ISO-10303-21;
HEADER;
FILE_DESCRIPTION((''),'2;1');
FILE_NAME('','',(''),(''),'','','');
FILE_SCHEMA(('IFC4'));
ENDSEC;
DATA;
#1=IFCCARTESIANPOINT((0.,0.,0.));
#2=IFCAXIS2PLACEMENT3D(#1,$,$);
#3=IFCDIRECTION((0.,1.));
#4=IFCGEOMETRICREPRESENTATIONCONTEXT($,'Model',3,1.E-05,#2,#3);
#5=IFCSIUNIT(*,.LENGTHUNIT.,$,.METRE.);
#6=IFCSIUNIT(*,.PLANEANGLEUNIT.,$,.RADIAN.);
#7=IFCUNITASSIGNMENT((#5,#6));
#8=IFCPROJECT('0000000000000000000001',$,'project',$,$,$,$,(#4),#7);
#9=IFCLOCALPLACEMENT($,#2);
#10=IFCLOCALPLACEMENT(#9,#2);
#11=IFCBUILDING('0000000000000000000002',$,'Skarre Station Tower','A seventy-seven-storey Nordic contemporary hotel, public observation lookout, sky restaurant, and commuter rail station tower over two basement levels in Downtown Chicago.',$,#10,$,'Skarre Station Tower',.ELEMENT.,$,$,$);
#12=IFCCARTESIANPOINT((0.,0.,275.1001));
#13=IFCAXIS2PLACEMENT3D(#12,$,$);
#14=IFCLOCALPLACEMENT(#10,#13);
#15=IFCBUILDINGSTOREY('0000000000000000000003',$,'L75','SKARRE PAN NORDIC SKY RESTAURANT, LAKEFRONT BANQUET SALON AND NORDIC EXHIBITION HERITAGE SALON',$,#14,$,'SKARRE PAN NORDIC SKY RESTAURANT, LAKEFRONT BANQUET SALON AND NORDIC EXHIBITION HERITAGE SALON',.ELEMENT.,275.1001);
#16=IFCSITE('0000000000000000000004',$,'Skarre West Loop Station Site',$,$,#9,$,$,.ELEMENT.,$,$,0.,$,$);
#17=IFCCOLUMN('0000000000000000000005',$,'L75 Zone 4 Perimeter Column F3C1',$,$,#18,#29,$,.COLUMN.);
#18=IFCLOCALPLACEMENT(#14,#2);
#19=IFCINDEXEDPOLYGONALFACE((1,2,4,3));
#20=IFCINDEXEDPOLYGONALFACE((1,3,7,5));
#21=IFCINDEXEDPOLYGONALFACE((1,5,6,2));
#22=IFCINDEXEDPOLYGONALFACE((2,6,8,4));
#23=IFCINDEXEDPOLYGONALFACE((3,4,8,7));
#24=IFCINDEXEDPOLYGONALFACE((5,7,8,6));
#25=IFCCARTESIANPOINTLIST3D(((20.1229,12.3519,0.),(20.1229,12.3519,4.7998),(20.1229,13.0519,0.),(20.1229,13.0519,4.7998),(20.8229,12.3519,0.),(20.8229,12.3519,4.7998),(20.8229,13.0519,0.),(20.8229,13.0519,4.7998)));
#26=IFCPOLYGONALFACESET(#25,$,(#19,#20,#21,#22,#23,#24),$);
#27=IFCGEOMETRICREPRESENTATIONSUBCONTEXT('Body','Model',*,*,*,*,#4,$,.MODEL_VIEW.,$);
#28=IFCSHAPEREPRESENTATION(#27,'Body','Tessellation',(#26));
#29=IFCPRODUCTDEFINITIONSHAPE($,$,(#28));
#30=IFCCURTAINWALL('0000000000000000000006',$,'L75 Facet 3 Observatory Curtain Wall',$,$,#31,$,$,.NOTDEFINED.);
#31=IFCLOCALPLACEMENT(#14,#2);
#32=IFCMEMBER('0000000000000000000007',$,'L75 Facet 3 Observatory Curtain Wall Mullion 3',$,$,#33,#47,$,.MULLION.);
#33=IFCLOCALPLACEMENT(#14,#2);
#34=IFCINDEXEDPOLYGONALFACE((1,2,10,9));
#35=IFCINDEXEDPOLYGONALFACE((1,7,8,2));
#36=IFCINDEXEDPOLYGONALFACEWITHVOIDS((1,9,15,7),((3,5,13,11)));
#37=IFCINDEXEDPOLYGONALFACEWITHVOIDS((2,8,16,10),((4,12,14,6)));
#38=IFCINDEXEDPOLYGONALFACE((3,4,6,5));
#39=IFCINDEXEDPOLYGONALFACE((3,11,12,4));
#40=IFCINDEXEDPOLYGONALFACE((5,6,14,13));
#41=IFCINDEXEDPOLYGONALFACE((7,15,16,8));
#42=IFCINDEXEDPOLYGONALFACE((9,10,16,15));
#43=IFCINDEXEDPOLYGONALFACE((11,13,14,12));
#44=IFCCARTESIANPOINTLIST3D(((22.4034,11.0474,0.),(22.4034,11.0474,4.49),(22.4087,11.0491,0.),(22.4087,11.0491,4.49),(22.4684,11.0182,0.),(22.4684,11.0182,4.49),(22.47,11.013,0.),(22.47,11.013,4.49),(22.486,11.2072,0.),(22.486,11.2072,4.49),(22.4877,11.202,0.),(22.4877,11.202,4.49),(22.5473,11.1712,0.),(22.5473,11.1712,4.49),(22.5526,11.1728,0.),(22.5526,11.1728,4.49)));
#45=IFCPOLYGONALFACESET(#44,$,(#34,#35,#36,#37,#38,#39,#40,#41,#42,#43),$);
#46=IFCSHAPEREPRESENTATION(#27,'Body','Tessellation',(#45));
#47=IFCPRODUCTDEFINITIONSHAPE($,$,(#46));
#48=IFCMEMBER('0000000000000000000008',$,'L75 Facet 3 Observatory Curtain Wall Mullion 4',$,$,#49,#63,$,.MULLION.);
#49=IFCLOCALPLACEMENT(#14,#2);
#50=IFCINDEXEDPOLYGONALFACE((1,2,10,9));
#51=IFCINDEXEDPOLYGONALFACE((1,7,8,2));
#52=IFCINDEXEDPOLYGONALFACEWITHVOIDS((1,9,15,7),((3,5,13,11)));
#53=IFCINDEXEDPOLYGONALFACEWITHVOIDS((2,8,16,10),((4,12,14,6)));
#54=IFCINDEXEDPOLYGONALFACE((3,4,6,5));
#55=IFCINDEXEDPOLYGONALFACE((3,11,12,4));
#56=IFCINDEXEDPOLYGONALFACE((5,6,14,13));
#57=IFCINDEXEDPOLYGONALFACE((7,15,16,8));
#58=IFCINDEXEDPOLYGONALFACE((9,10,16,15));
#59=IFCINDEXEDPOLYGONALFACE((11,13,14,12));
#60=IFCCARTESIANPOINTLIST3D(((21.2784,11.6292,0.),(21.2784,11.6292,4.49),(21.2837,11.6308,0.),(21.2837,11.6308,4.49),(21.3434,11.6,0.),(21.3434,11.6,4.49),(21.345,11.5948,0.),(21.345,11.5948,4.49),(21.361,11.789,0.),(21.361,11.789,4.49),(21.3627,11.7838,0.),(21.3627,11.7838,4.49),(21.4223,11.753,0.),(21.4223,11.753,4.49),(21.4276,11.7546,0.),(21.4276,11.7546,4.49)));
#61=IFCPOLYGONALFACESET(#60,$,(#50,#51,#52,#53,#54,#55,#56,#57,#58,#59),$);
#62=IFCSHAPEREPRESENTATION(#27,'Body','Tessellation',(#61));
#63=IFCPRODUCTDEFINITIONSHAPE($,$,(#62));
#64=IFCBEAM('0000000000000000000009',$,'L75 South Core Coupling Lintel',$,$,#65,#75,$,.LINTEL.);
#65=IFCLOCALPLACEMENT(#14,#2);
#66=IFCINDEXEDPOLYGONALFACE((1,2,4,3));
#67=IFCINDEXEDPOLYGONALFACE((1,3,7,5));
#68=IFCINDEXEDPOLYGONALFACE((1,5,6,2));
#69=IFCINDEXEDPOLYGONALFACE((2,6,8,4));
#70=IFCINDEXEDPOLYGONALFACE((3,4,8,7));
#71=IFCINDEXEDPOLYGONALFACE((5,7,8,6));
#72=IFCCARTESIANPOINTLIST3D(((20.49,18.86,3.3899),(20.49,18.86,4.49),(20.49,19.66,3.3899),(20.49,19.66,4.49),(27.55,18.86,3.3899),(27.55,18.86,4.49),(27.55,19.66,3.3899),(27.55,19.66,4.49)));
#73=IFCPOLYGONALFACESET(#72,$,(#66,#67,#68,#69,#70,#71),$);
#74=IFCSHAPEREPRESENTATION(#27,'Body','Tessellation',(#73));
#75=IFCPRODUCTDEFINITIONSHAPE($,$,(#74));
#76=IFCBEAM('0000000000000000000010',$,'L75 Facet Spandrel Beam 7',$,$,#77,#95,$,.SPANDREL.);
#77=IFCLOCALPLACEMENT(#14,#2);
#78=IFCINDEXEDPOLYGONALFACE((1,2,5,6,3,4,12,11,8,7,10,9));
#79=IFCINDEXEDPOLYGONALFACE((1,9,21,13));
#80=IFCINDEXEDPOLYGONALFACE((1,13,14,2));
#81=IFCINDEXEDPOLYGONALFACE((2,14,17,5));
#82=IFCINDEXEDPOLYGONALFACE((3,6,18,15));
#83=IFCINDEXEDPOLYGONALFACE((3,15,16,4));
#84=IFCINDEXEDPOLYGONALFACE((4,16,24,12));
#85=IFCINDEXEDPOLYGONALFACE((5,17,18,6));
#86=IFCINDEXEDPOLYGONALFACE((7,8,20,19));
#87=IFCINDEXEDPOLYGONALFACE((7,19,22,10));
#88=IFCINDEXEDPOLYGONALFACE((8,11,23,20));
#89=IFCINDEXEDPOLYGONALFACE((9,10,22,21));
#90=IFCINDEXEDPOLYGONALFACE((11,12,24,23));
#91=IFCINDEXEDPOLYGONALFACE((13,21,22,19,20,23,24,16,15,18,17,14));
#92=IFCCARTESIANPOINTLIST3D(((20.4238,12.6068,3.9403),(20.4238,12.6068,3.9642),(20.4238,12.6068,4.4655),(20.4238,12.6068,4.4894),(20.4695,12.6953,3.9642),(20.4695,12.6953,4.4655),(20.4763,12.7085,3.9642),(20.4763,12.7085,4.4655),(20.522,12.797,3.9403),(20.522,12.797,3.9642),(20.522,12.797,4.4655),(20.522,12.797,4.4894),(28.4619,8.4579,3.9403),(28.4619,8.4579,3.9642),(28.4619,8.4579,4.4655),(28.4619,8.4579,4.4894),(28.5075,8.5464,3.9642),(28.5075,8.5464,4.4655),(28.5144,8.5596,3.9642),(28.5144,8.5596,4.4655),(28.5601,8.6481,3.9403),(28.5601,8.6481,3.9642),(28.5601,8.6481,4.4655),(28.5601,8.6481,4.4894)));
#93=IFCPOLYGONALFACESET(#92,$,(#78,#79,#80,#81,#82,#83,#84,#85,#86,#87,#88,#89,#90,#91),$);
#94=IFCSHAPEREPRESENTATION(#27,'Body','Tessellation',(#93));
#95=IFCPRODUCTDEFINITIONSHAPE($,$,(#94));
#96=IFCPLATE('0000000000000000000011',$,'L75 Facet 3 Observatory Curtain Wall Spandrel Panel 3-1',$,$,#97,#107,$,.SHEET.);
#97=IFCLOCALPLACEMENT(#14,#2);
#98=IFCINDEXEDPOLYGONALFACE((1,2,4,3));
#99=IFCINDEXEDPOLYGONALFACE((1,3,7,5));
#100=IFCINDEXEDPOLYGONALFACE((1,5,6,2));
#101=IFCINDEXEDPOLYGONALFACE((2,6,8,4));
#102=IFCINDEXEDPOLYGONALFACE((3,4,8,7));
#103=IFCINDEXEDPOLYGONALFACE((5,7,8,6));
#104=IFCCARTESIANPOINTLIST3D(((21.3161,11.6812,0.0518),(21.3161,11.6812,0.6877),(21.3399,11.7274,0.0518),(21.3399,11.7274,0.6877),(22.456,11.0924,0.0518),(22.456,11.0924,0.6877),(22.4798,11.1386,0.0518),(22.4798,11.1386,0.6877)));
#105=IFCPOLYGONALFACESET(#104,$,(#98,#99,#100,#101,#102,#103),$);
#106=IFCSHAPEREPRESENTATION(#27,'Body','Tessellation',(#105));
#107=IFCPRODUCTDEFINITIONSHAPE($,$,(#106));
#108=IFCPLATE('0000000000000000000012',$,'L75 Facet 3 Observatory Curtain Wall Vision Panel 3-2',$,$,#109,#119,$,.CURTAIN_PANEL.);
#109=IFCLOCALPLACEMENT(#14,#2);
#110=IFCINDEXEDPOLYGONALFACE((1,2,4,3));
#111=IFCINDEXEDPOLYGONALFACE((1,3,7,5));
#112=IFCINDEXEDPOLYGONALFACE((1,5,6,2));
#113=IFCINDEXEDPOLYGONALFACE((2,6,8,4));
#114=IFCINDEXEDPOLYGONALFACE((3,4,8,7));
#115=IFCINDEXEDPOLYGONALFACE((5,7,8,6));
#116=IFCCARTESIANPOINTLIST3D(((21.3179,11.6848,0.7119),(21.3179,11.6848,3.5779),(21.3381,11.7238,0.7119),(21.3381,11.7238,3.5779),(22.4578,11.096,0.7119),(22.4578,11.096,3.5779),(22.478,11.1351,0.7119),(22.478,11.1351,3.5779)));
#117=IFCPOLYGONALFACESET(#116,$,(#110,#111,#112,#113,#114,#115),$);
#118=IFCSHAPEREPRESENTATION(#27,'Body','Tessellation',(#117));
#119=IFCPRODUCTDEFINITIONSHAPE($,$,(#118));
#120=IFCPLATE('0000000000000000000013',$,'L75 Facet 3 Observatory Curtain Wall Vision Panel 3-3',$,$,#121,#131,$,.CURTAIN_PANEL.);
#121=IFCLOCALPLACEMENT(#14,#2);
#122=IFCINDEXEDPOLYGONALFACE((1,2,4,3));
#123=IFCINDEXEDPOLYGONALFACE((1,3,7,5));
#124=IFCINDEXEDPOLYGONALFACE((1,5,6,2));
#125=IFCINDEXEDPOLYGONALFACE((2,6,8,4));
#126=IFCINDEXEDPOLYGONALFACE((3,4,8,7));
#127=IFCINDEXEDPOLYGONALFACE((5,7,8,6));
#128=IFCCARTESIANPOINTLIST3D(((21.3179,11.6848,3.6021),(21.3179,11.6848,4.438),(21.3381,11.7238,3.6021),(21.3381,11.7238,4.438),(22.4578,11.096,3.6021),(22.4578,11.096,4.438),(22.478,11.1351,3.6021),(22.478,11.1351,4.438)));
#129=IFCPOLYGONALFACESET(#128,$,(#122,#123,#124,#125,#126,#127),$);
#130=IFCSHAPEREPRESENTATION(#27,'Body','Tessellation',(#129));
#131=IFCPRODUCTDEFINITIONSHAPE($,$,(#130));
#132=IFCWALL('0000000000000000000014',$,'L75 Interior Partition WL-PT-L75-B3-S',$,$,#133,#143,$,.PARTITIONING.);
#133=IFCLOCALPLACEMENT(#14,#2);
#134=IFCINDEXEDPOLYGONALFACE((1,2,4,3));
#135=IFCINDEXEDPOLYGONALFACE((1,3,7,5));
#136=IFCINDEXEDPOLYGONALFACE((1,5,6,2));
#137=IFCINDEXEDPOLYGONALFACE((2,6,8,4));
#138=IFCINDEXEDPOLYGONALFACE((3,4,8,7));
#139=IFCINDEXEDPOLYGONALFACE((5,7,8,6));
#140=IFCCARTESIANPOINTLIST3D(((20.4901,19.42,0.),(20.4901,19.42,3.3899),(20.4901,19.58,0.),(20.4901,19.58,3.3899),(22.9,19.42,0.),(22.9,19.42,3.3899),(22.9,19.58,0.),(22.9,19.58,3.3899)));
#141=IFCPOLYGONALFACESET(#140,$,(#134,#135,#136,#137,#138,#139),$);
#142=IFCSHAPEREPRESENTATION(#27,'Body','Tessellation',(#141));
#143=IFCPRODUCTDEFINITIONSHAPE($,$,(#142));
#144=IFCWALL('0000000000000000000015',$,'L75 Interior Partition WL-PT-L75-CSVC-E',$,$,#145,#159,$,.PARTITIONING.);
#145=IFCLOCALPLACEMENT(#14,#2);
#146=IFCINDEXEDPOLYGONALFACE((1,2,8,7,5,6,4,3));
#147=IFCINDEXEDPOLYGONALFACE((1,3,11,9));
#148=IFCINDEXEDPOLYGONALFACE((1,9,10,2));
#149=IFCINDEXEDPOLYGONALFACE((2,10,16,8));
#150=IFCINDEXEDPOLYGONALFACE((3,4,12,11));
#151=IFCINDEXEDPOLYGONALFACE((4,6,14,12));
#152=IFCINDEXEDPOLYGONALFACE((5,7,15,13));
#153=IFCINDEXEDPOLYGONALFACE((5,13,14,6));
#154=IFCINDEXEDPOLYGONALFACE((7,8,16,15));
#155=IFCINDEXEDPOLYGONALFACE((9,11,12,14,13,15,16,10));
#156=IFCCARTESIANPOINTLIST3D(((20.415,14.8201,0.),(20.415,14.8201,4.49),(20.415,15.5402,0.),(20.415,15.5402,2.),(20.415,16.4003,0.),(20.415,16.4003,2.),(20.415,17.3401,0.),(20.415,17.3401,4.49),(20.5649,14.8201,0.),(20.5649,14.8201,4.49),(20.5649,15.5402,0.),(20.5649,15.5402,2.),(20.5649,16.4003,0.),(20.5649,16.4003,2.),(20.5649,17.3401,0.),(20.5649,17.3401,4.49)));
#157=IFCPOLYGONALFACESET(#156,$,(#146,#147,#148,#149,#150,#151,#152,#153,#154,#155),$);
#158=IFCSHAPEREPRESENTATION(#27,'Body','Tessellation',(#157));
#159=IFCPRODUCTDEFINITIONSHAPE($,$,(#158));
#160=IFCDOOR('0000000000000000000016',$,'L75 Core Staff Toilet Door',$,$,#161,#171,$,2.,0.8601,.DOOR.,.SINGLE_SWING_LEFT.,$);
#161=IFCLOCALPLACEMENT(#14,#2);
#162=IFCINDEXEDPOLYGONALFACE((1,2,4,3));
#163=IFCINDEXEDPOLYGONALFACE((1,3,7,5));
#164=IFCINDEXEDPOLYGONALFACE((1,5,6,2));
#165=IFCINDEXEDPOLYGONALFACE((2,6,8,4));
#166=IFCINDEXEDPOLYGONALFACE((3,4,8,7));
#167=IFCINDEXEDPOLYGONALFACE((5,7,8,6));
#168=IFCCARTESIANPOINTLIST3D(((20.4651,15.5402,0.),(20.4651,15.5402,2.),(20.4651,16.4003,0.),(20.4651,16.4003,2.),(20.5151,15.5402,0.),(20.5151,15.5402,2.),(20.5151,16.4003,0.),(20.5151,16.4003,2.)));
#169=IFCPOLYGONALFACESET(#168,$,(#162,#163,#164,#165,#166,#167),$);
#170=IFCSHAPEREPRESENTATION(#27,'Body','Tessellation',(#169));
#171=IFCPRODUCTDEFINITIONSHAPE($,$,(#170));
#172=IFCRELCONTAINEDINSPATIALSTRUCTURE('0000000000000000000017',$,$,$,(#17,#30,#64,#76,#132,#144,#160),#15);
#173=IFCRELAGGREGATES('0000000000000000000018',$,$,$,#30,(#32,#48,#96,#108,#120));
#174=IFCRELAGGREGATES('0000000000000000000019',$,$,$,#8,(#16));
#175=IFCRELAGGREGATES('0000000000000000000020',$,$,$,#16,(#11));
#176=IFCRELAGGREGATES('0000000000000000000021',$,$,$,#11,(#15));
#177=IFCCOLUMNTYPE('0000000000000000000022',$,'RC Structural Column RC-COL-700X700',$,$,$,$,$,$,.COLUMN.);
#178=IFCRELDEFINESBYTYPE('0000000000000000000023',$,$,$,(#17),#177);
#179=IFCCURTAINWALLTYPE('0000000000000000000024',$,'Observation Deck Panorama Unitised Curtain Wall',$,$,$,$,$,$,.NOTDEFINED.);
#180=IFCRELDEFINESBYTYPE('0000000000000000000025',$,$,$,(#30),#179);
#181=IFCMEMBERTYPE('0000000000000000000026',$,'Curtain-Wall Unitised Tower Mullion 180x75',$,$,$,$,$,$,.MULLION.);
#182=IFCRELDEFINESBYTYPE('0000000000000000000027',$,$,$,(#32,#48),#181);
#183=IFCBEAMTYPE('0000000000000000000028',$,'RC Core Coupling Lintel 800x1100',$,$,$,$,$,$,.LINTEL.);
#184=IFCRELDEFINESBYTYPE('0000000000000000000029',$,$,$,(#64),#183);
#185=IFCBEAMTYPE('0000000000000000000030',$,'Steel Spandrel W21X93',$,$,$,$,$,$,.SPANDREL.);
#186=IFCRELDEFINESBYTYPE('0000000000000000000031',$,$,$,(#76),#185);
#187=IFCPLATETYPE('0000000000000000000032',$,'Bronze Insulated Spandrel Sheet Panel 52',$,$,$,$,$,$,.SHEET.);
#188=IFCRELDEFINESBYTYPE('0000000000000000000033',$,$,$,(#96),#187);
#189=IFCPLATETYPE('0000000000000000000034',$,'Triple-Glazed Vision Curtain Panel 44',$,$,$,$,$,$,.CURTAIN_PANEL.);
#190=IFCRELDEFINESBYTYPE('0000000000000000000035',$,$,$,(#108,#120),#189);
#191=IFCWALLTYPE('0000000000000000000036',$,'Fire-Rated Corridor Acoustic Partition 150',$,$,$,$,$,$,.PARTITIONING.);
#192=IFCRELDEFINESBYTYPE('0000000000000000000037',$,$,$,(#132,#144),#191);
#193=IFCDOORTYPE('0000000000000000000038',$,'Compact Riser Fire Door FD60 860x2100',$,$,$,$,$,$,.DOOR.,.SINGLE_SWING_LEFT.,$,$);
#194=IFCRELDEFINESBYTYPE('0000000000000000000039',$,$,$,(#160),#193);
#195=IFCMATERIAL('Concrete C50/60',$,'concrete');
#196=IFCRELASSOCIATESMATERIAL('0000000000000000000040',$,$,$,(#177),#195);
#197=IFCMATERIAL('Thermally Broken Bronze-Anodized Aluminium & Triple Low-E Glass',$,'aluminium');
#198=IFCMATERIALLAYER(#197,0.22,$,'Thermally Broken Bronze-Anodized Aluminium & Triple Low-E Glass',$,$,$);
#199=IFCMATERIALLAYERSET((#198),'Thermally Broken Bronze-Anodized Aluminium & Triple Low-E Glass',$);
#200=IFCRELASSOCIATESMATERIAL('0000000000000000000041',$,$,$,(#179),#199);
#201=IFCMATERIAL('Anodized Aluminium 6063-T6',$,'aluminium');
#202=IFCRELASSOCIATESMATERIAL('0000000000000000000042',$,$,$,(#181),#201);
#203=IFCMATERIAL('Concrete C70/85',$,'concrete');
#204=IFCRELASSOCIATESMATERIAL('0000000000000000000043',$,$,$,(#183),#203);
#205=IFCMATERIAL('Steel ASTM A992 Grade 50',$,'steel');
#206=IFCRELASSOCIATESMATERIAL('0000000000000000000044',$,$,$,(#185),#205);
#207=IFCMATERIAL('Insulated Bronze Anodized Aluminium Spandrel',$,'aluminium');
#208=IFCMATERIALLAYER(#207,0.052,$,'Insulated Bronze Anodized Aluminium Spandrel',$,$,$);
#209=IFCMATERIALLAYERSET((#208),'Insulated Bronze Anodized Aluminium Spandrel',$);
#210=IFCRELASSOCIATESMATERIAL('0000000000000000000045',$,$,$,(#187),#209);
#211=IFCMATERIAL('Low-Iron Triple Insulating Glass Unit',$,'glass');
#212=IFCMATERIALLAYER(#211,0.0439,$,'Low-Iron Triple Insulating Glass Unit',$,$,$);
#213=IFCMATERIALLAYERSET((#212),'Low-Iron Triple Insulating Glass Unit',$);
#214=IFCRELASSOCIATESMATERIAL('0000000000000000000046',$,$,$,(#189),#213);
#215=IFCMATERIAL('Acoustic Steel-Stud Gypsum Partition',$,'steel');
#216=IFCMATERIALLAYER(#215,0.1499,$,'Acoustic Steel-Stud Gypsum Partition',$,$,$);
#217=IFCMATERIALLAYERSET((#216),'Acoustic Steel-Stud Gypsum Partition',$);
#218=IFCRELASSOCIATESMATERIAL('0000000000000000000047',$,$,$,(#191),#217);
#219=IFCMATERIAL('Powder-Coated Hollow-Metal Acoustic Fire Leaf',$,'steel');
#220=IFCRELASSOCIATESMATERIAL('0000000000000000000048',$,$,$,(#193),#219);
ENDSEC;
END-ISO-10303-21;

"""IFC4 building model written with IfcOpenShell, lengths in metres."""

from ifc_helpers import new_model, si_unit, direction, frame, frame_2d, origin, origin_2d, place, context, subcontext, project, spatial, rectangle, hollow_rectangle, i_section, extrude, material, layer, layer_set, material_profile, profile_set, type_object, element, fill, aggregate, save


model = new_model("IFC4")

# Units and contexts
model_context = context("Model", 3, precision=1e-05, world=origin(), true_north=direction((0.0, 1.0)))
body_context = subcontext(model_context, "Body", "Model", "MODEL_VIEW")
ifc_project = project(units=[si_unit("LENGTHUNIT", "METRE"), si_unit("PLANEANGLEUNIT", "RADIAN")], contexts=[model_context])

# Site, building, storey
site_placement = place(None, origin())
site = spatial("IfcSite", under=ifc_project, at=site_placement, Name="Skarre West Loop Station Site", CompositionType="ELEMENT", RefElevation=0.0)
building_placement = place(site_placement, origin())
building = spatial("IfcBuilding", under=site, at=building_placement, Name="Skarre Station Tower", Description="A seventy-seven-storey Nordic contemporary hotel, public observation lookout, sky restaurant, and commuter rail station tower over two basement levels in Downtown Chicago.", LongName="Skarre Station Tower", CompositionType="ELEMENT")
storey_placement = place(building_placement, frame((0.0, 0.0, 275.1001)))
storey = spatial("IfcBuildingStorey", under=building, at=storey_placement, Name="L75", Description="SKARRE PAN NORDIC SKY RESTAURANT, LAKEFRONT BANQUET SALON AND NORDIC EXHIBITION HERITAGE SALON", LongName="SKARRE PAN NORDIC SKY RESTAURANT, LAKEFRONT BANQUET SALON AND NORDIC EXHIBITION HERITAGE SALON", CompositionType="ELEMENT", Elevation=275.1001)

# Column
ifc_material_1 = material(Name="Concrete C50/60", Category="concrete")
ifc_material_profile_1 = material_profile(ifc_material_1, rectangle(XDim=0.7, YDim=0.7, at=origin_2d()), Name="Concrete C50/60")
ifc_profile_set_1 = profile_set([ifc_material_profile_1], Name="Concrete C50/60")
column_type = type_object("IfcColumnType", Name="RC Structural Column RC-COL-700X700", PredefinedType="COLUMN", material=ifc_profile_set_1)
column_placement = place(storey_placement, frame((20.4729, 12.7019, 0.0), z_axis=(0.0, 0.0, 1.0), x_axis=(1.0, 0.0, 0.0)))
element("IfcColumn", 1, at=column_placement, inside=storey, type_object=column_type, Name="L75 Zone 4 Perimeter Column F3C1", PredefinedType="COLUMN", context=body_context, shape_type="SweptSolid", body=[
    extrude(rectangle(XDim=0.7, YDim=0.7, at=origin_2d()), origin(), (0.0, 0.0, 1.0), 4.7998),
])

# Curtain wall, members
ifc_material_2 = material(Name="Thermally Broken Bronze-Anodized Aluminium & Triple Low-E Glass", Category="aluminium")
ifc_layer_1 = layer(ifc_material_2, 0.22, Name="Thermally Broken Bronze-Anodized Aluminium & Triple Low-E Glass")
ifc_layer_set_1 = layer_set([ifc_layer_1], Name="Thermally Broken Bronze-Anodized Aluminium & Triple Low-E Glass")
curtain_wall_type = type_object("IfcCurtainWallType", Name="Observation Deck Panorama Unitised Curtain Wall", PredefinedType="NOTDEFINED", material=ifc_layer_set_1)
curtain_wall_placement = place(storey_placement, origin())
curtain_wall = element("IfcCurtainWall", 2, at=curtain_wall_placement, inside=storey, type_object=curtain_wall_type, Name="L75 Facet 3 Observatory Curtain Wall", PredefinedType="NOTDEFINED")
ifc_material_3 = material(Name="Anodized Aluminium 6063-T6", Category="aluminium")
ifc_material_profile_2 = material_profile(ifc_material_3, hollow_rectangle(XDim=0.075, YDim=0.1799, WallThickness=0.0039, at=origin_2d()), Name="Anodized Aluminium 6063-T6")
ifc_profile_set_2 = profile_set([ifc_material_profile_2], Name="Anodized Aluminium 6063-T6")
member_type = type_object("IfcMemberType", Name="Curtain-Wall Unitised Tower Mullion 180x75", PredefinedType="MULLION", material=ifc_profile_set_2)
member_1_placement = place(storey_placement, frame((22.478, 11.1101, 0.0), z_axis=(0.0, 0.0, 1.0), x_axis=(-0.888481, 0.458913, 0.0)))
member_1 = element("IfcMember", 3, at=member_1_placement, type_object=member_type, Name="L75 Facet 3 Observatory Curtain Wall Mullion 3", PredefinedType="MULLION", context=body_context, shape_type="SweptSolid", body=[
    extrude(hollow_rectangle(XDim=0.075, YDim=0.1799, WallThickness=0.0039, at=origin_2d()), origin(), (0.0, 0.0, 1.0), 4.49),
])
member_2_placement = place(storey_placement, frame((21.353, 11.6919, 0.0), z_axis=(0.0, 0.0, 1.0), x_axis=(-0.888481, 0.458913, 0.0)))
member_2 = element("IfcMember", 4, at=member_2_placement, type_object=member_type, Name="L75 Facet 3 Observatory Curtain Wall Mullion 4", PredefinedType="MULLION", context=body_context, shape_type="SweptSolid", body=[
    extrude(hollow_rectangle(XDim=0.075, YDim=0.1799, WallThickness=0.0039, at=origin_2d()), origin(), (0.0, 0.0, 1.0), 4.49),
])

# Beams
ifc_material_4 = material(Name="Concrete C70/85", Category="concrete")
ifc_material_profile_3 = material_profile(ifc_material_4, rectangle(XDim=0.8, YDim=1.1001, at=origin_2d()), Name="Concrete C70/85")
ifc_profile_set_3 = profile_set([ifc_material_profile_3], Name="Concrete C70/85")
beam_type_1 = type_object("IfcBeamType", Name="RC Core Coupling Lintel 800x1100", PredefinedType="LINTEL", material=ifc_profile_set_3)
beam_1_placement = place(storey_placement, frame((20.49, 19.26, 3.9399), z_axis=(1.0, 0.0, 0.0), x_axis=(0.0, 1.0, 0.0)))
element("IfcBeam", 5, at=beam_1_placement, inside=storey, type_object=beam_type_1, Name="L75 South Core Coupling Lintel", PredefinedType="LINTEL", context=body_context, shape_type="SweptSolid", body=[
    extrude(rectangle(XDim=0.8, YDim=1.1001, at=origin_2d()), origin(), (0.0, 0.0, 1.0), 7.0601),
])
ifc_material_5 = material(Name="Steel ASTM A992 Grade 50", Category="steel")
ifc_material_profile_4 = material_profile(ifc_material_5, i_section(OverallWidth=0.2141, OverallDepth=0.5491, WebThickness=0.0149, FlangeThickness=0.0239, at=origin_2d()), Name="Steel ASTM A992 Grade 50")
ifc_profile_set_4 = profile_set([ifc_material_profile_4], Name="Steel ASTM A992 Grade 50")
beam_type_2 = type_object("IfcBeamType", Name="Steel Spandrel W21X93", PredefinedType="SPANDREL", material=ifc_profile_set_4)
beam_2_placement = place(storey_placement, frame((20.4729, 12.7019, 4.2148), z_axis=(0.88861, -0.458664, 0.0), x_axis=(0.458664, 0.88861, 0.0)))
element("IfcBeam", 6, at=beam_2_placement, inside=storey, type_object=beam_type_2, Name="L75 Facet Spandrel Beam 7", PredefinedType="SPANDREL", context=body_context, shape_type="SweptSolid", body=[
    extrude(i_section(OverallWidth=0.2141, OverallDepth=0.5491, WebThickness=0.0149, FlangeThickness=0.0239, at=origin_2d()), origin(), (0.0, 0.0, 1.0), 9.0457),
])

# Plates
ifc_material_6 = material(Name="Insulated Bronze Anodized Aluminium Spandrel", Category="aluminium")
ifc_layer_2 = layer(ifc_material_6, 0.052, Name="Insulated Bronze Anodized Aluminium Spandrel")
ifc_layer_set_2 = layer_set([ifc_layer_2], Name="Insulated Bronze Anodized Aluminium Spandrel")
plate_type_1 = type_object("IfcPlateType", Name="Bronze Insulated Spandrel Sheet Panel 52", PredefinedType="SHEET", material=ifc_layer_set_2)
plate_1_placement = place(storey_placement, frame((21.8979, 11.4099, 0.0518), z_axis=(0.0, 0.0, 1.0), x_axis=(-0.888481, 0.458913, 0.0)))
plate_1 = element("IfcPlate", 7, at=plate_1_placement, type_object=plate_type_1, Name="L75 Facet 3 Observatory Curtain Wall Spandrel Panel 3-1", PredefinedType="SHEET", context=body_context, shape_type="SweptSolid", body=[
    extrude(rectangle(XDim=1.283, YDim=0.052, at=origin_2d()), origin(), (0.0, 0.0, 1.0), 0.636),
])
ifc_material_7 = material(Name="Low-Iron Triple Insulating Glass Unit", Category="glass")
ifc_layer_3 = layer(ifc_material_7, 0.0439, Name="Low-Iron Triple Insulating Glass Unit")
ifc_layer_set_3 = layer_set([ifc_layer_3], Name="Low-Iron Triple Insulating Glass Unit")
plate_type_2 = type_object("IfcPlateType", Name="Triple-Glazed Vision Curtain Panel 44", PredefinedType="CURTAIN_PANEL", material=ifc_layer_set_3)
plate_2_placement = place(storey_placement, frame((21.8979, 11.4099, 0.7119), z_axis=(0.0, 0.0, 1.0), x_axis=(-0.888481, 0.458913, 0.0)))
plate_2 = element("IfcPlate", 8, at=plate_2_placement, type_object=plate_type_2, Name="L75 Facet 3 Observatory Curtain Wall Vision Panel 3-2", PredefinedType="CURTAIN_PANEL", context=body_context, shape_type="SweptSolid", body=[
    extrude(rectangle(XDim=1.283, YDim=0.0439, at=origin_2d()), origin(), (0.0, 0.0, 1.0), 2.866),
])
plate_3_placement = place(storey_placement, frame((21.8979, 11.4099, 3.6021), z_axis=(0.0, 0.0, 1.0), x_axis=(-0.888481, 0.458913, 0.0)))
plate_3 = element("IfcPlate", 9, at=plate_3_placement, type_object=plate_type_2, Name="L75 Facet 3 Observatory Curtain Wall Vision Panel 3-3", PredefinedType="CURTAIN_PANEL", context=body_context, shape_type="SweptSolid", body=[
    extrude(rectangle(XDim=1.283, YDim=0.0439, at=origin_2d()), origin(), (0.0, 0.0, 1.0), 0.8359),
])
aggregate(curtain_wall, [member_1, member_2, plate_1, plate_2, plate_3])

# Wall
ifc_material_8 = material(Name="Acoustic Steel-Stud Gypsum Partition", Category="steel")
ifc_layer_4 = layer(ifc_material_8, 0.1499, Name="Acoustic Steel-Stud Gypsum Partition")
ifc_layer_set_4 = layer_set([ifc_layer_4], Name="Acoustic Steel-Stud Gypsum Partition")
wall_type_1 = type_object("IfcWallType", Name="Fire-Rated Corridor Acoustic Partition 150", PredefinedType="PARTITIONING", material=ifc_layer_set_4)
wall_1_placement = place(storey_placement, frame((20.49, 19.5, 0.0), z_axis=(0.0, 0.0, 1.0), x_axis=(1.0, 0.0, 0.0)))
element("IfcWall", 10, at=wall_1_placement, inside=storey, type_object=wall_type_1, Name="L75 Interior Partition WL-PT-L75-B3-S", PredefinedType="PARTITIONING", context=body_context, shape_type="SweptSolid", body=[
    extrude(rectangle(XDim=2.4099, YDim=0.1599, at=frame_2d((1.2051, 0.0))), origin(), (0.0, 0.0, 1.0), 3.3899),
])

# Wall, opening, door
wall_2_placement = place(storey_placement, frame((20.49, 14.8201, 0.0), z_axis=(0.0, 0.0, 1.0), x_axis=(0.0, 1.0, 0.0)))
wall_2 = element("IfcWall", 11, at=wall_2_placement, inside=storey, type_object=wall_type_1, Name="L75 Interior Partition WL-PT-L75-CSVC-E", PredefinedType="PARTITIONING", context=body_context, shape_type="SweptSolid", body=[
    extrude(rectangle(XDim=2.52, YDim=0.1499, at=frame_2d((1.26, 0.0))), origin(), (0.0, 0.0, 1.0), 4.49),
])
opening_1_placement = place(wall_2_placement, frame((0.72, 0.0, 0.0)))
opening_1 = element("IfcOpeningElement", 12, at=opening_1_placement, cuts=wall_2, PredefinedType="OPENING", context=body_context, shape_type="SweptSolid", body=[
    extrude(rectangle(XDim=0.8601, YDim=2.0, at=frame_2d((0.4302, 1.0))), frame((0.0, 0.085, 0.0), z_axis=(0.0, -1.0, 0.0), x_axis=(1.0, 0.0, 0.0)), (0.0, 0.0, 1.0), 0.1699),
])
ifc_material_9 = material(Name="Powder-Coated Hollow-Metal Acoustic Fire Leaf", Category="steel")
door_type_1 = type_object("IfcDoorType", Name="Compact Riser Fire Door FD60 860x2100", OperationType="SINGLE_SWING_LEFT", PredefinedType="DOOR", material=ifc_material_9)
door_1_placement = place(opening_1_placement, origin())
door_1 = element("IfcDoor", 13, at=door_1_placement, inside=storey, type_object=door_type_1, Name="L75 Core Staff Toilet Door", OperationType="SINGLE_SWING_LEFT", OverallHeight=2.0, OverallWidth=0.8601, PredefinedType="DOOR", context=body_context, shape_type="SweptSolid", body=[
    extrude(rectangle(XDim=0.8601, YDim=2.0, at=frame_2d((0.4302, 1.0))), frame((0.0, 0.0249, 0.0), z_axis=(0.0, -1.0, 0.0), x_axis=(1.0, 0.0, 0.0)), (0.0, 0.0, 1.0), 0.05),
])
fill(opening_1, door_1)

save(model, "model.ifc")
